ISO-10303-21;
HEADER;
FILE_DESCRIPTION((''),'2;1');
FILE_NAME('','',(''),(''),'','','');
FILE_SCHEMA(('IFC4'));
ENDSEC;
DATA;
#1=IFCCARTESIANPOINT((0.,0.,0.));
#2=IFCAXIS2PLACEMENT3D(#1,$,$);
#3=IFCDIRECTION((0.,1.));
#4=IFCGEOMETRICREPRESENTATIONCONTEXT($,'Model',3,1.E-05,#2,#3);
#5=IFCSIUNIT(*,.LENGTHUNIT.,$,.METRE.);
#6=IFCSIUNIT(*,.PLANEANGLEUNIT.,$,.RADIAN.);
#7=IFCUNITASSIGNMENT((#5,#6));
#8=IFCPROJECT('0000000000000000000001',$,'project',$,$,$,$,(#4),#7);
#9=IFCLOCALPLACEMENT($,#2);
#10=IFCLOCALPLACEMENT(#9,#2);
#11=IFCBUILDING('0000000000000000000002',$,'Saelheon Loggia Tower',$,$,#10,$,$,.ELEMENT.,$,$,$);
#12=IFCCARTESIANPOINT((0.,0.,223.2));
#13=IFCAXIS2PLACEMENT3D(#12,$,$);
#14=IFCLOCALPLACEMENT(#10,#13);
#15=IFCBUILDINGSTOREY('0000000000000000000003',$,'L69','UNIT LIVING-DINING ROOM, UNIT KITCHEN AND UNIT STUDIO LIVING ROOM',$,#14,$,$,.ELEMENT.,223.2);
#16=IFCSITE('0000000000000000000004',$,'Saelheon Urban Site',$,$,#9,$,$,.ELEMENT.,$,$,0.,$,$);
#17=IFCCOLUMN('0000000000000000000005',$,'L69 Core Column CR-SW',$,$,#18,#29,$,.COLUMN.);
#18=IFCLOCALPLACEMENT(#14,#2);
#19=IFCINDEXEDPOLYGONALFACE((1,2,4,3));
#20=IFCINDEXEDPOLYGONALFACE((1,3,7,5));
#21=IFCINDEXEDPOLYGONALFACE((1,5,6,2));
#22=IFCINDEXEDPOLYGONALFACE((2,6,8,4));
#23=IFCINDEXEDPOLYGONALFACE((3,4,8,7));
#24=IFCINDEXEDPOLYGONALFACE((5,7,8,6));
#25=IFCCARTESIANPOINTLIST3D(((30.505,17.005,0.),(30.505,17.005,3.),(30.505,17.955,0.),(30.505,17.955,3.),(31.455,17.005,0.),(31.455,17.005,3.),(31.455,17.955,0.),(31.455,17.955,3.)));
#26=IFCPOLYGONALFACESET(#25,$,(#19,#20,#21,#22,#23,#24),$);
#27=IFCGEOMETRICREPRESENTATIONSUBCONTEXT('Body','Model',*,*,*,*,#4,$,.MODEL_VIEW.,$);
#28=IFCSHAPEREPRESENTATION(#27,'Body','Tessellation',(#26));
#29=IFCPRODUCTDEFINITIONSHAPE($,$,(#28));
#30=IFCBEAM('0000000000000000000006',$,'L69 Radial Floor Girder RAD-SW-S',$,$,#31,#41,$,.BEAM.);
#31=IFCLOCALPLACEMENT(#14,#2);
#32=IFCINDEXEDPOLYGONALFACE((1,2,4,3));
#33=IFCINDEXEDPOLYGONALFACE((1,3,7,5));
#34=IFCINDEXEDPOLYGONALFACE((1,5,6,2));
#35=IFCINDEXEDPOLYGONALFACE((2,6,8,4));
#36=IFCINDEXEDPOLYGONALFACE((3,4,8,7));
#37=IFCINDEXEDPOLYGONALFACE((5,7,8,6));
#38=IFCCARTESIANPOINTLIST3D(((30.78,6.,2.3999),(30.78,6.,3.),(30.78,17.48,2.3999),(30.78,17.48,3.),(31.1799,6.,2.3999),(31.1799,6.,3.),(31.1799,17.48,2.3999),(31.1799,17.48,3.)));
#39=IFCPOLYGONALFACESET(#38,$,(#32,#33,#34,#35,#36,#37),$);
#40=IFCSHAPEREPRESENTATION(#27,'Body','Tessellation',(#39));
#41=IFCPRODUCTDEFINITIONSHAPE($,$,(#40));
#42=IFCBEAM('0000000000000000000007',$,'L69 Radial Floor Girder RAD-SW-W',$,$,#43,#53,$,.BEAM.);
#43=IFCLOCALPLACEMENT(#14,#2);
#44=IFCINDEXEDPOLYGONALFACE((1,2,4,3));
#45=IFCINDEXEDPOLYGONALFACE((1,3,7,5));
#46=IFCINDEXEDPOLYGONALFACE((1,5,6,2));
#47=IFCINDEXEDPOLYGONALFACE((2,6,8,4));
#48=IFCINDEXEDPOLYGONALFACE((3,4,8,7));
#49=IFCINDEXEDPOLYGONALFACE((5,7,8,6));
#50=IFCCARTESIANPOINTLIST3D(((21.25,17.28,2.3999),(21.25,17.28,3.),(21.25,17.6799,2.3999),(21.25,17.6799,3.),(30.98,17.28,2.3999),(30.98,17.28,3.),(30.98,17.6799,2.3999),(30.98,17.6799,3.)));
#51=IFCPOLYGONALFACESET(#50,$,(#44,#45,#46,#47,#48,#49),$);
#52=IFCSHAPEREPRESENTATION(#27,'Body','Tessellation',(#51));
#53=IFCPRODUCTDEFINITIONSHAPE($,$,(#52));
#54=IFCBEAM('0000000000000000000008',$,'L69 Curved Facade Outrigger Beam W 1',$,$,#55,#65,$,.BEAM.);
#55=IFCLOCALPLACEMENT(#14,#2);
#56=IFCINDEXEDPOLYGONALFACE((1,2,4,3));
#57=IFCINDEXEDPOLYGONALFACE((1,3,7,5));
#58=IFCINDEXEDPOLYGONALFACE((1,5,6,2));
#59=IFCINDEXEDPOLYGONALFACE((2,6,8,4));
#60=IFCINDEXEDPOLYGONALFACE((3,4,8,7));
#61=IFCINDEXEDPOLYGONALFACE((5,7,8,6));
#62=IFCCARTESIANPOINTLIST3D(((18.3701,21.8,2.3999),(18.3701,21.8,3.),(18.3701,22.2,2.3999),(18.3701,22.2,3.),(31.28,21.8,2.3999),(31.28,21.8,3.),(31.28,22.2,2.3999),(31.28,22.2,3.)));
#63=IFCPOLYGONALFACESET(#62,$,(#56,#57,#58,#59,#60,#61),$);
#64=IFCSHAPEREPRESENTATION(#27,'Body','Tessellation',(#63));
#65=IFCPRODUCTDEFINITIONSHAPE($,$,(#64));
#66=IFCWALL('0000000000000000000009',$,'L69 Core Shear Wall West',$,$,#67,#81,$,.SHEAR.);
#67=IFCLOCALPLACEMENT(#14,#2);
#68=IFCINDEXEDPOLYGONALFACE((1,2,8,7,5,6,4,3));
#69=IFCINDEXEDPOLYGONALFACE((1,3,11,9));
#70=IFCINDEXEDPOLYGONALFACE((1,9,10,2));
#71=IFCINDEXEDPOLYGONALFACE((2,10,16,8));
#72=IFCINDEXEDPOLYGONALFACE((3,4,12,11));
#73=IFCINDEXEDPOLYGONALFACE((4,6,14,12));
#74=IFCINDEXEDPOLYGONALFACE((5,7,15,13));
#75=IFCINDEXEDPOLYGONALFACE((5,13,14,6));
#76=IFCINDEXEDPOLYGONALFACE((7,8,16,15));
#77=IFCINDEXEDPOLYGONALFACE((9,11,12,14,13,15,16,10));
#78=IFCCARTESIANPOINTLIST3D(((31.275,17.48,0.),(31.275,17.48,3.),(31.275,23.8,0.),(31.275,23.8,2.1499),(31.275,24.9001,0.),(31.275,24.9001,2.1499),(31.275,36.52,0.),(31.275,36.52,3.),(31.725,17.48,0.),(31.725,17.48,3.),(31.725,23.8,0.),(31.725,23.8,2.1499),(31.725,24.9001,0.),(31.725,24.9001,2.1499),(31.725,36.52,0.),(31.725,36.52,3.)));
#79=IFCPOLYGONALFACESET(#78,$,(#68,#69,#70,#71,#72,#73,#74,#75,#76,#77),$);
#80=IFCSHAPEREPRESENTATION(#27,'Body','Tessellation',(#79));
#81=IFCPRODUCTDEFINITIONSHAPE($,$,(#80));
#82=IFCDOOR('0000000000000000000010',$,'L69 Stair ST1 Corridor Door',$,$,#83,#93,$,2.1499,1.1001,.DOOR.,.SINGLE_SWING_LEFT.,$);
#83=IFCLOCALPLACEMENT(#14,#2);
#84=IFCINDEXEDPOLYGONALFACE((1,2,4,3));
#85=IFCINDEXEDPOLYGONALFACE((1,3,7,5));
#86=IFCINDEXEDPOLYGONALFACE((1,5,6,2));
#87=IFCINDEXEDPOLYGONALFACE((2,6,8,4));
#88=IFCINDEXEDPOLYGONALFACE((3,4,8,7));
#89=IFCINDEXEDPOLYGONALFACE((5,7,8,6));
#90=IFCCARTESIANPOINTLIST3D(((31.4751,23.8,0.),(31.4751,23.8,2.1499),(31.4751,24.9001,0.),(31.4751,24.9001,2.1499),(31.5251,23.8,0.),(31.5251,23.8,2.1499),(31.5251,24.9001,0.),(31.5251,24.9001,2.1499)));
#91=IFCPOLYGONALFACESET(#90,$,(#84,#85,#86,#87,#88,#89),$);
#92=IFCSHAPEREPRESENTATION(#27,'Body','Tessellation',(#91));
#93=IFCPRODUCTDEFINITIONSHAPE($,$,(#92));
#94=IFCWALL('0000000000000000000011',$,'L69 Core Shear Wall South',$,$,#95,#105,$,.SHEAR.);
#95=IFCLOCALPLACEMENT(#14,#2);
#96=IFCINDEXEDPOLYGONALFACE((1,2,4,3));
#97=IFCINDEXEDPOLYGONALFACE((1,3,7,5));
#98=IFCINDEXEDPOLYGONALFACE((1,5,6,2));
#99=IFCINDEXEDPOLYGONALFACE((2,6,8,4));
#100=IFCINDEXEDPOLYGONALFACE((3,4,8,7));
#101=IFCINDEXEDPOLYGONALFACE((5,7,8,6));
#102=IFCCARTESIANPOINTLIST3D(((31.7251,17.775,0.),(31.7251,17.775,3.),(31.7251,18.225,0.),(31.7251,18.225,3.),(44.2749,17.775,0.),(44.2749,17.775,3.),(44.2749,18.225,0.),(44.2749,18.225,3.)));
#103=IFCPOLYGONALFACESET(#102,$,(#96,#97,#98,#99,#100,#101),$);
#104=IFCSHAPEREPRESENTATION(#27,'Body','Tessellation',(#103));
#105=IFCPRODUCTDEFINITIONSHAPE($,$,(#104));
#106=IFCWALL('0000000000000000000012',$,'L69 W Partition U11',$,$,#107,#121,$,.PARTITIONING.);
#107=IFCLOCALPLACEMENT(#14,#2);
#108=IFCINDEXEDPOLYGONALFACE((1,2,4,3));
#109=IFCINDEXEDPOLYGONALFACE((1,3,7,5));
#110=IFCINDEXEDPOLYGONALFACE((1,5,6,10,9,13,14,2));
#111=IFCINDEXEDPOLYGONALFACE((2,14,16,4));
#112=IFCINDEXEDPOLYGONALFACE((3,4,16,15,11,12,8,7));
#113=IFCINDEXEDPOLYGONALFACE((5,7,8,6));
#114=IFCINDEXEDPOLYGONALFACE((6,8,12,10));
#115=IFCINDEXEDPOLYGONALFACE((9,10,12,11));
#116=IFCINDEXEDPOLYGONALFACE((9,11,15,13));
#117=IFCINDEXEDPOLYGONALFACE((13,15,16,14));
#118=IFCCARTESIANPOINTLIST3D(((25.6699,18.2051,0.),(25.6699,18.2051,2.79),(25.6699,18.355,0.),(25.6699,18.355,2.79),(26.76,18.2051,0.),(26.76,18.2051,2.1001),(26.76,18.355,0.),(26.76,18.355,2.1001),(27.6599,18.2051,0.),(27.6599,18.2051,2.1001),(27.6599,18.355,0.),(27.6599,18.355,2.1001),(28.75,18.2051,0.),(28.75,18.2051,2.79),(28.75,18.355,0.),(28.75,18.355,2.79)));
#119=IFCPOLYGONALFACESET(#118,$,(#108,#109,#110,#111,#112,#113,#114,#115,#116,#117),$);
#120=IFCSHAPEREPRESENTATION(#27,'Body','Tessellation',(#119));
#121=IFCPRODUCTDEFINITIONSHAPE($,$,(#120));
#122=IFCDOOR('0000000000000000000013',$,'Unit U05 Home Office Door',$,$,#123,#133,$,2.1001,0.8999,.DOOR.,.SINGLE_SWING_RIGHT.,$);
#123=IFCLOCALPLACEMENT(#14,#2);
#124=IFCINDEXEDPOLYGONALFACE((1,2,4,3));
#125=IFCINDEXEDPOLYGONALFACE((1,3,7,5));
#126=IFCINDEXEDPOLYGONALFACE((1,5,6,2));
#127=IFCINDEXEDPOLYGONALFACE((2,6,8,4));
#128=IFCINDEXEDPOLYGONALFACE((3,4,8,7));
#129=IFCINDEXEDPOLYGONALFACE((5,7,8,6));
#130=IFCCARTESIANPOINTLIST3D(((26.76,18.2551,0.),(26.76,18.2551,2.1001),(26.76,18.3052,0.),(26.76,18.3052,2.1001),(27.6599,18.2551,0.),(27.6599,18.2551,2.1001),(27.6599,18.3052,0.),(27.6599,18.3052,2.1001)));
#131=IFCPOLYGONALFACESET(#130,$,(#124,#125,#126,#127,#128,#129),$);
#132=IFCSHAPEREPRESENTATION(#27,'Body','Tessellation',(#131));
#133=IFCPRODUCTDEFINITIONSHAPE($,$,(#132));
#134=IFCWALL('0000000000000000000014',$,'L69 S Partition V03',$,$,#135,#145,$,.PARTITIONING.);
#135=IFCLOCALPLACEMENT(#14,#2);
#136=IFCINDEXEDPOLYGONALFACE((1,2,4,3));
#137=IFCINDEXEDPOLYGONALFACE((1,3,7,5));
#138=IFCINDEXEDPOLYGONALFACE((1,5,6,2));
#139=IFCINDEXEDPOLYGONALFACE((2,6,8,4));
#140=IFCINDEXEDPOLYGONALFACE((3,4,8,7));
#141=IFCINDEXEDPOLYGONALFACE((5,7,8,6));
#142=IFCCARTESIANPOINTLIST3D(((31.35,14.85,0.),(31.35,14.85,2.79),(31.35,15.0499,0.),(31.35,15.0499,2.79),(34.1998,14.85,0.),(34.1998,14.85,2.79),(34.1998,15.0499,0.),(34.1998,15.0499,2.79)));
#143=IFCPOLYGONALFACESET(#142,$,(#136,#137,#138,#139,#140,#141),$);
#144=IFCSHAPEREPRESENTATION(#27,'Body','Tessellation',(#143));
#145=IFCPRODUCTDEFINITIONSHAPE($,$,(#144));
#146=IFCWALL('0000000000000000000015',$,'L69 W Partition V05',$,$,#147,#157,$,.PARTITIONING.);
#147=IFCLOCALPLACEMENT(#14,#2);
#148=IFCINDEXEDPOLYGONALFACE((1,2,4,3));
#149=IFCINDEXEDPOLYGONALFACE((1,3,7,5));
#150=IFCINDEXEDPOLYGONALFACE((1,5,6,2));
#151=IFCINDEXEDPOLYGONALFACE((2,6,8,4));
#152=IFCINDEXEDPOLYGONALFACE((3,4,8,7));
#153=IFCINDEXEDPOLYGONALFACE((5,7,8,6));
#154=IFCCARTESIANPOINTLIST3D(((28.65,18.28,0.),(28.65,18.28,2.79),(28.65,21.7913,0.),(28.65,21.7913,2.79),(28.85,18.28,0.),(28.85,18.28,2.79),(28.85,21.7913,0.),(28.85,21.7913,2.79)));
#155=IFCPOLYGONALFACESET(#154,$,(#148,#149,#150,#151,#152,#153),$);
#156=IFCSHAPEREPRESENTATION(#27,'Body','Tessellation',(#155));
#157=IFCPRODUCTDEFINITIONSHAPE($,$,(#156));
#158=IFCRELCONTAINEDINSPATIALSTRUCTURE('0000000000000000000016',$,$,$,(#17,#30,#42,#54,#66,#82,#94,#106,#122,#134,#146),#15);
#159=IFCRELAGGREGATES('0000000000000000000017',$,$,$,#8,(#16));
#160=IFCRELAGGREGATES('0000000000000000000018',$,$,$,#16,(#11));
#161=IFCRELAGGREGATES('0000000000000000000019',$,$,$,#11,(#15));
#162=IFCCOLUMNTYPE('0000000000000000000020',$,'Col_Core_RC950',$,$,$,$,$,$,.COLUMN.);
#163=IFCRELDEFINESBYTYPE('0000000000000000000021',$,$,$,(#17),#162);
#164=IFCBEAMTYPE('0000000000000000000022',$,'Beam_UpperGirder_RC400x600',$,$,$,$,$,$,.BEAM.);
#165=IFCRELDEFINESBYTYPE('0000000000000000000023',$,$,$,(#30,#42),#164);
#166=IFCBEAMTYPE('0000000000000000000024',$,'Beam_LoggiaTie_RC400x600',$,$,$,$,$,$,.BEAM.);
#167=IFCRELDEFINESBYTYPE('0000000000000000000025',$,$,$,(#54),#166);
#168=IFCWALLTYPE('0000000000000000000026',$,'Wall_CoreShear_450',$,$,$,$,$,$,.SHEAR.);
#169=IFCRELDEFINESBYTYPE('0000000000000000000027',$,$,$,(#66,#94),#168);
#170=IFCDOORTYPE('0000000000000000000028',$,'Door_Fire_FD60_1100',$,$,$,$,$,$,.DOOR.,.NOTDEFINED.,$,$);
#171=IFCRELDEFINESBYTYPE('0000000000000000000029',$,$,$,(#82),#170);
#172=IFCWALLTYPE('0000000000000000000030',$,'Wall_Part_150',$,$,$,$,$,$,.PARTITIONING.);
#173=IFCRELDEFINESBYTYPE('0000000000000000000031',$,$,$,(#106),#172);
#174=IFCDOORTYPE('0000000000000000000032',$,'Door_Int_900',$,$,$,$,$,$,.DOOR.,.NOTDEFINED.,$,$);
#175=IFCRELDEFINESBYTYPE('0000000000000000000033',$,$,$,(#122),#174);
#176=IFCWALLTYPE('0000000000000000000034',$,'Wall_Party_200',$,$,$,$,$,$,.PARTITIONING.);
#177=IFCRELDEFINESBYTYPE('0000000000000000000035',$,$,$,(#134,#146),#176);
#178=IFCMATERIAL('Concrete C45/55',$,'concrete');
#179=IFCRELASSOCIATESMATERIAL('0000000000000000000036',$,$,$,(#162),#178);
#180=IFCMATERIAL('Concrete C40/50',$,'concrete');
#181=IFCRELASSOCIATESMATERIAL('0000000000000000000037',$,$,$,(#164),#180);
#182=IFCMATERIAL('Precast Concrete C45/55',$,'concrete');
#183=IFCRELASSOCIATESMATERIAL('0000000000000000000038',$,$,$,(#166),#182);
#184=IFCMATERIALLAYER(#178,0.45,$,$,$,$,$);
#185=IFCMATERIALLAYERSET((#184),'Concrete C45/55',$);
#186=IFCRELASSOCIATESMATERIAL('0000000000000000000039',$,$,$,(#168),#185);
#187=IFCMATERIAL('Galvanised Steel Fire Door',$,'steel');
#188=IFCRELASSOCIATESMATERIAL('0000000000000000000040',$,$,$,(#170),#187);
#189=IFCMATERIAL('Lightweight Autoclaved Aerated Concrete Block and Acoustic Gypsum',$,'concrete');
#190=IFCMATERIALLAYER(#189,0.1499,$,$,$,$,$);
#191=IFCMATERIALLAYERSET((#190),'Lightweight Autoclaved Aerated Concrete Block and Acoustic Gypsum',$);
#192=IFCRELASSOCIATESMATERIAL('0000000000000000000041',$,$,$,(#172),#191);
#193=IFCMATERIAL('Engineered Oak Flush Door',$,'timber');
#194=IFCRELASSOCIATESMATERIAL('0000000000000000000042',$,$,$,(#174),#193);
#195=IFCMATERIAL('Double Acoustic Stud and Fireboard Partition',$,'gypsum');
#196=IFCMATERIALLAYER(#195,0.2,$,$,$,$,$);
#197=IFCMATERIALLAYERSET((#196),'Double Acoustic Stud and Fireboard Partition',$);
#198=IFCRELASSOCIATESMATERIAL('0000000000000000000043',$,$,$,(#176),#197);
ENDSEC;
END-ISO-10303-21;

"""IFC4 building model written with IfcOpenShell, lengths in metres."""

from ifc_helpers import new_model, si_unit, direction, frame, frame_2d, origin, origin_2d, place, context, subcontext, project, spatial, rectangle, extrude, source, transform, mapped, material, layer, layer_set, material_profile, profile_set, type_object, element, fill, save


model = new_model("IFC4")

# Units and contexts
model_context = context("Model", 3, precision=1e-05, world=origin(), true_north=direction((0.0, 1.0)))
body_context = subcontext(model_context, "Body", "Model", "MODEL_VIEW")
ifc_project = project(units=[si_unit("LENGTHUNIT", "METRE"), si_unit("PLANEANGLEUNIT", "RADIAN")], contexts=[model_context])

# Site, building, storey
site_placement = place(None, origin())
site = spatial("IfcSite", under=ifc_project, at=site_placement, Name="Saelheon Urban Site", CompositionType="ELEMENT", RefElevation=0.0)
building_placement = place(site_placement, origin())
building = spatial("IfcBuilding", under=site, at=building_placement, Name="Saelheon Loggia Tower", CompositionType="ELEMENT")
storey_placement = place(building_placement, frame((0.0, 0.0, 223.2)))
storey = spatial("IfcBuildingStorey", under=building, at=storey_placement, Name="L69", Description="UNIT LIVING-DINING ROOM, UNIT KITCHEN AND UNIT STUDIO LIVING ROOM", CompositionType="ELEMENT", Elevation=223.2)

# Column
ifc_material_1 = material(Name="Concrete C45/55", Category="concrete")
ifc_material_profile_1 = material_profile(ifc_material_1, rectangle(XDim=0.95, YDim=0.95, at=origin_2d()), Name="RC-950x950")
ifc_profile_set_1 = profile_set([ifc_material_profile_1], Name="Concrete C45/55")
column_type = type_object("IfcColumnType", Name="Col_Core_RC950", PredefinedType="COLUMN", material=ifc_profile_set_1)
shared_shape_1 = source(origin(), body_context, "Body", "SweptSolid", [
    extrude(rectangle(XDim=0.95, YDim=0.95, at=origin_2d()), origin(), (0.0, 0.0, 1.0), 3.0),
])
column_placement = place(storey_placement, frame((30.98, 17.48, 0.0), z_axis=(0.0, 0.0, 1.0), x_axis=(1.0, 0.0, 0.0)))
element("IfcColumn", 1, at=column_placement, inside=storey, type_object=column_type, Name="L69 Core Column CR-SW", PredefinedType="COLUMN", context=body_context, shape_type="MappedRepresentation", body=[
    mapped(shared_shape_1, transform((0.0, 0.0, 0.0), scale=1.0)),
])

# Beams
ifc_material_2 = material(Name="Concrete C40/50", Category="concrete")
ifc_material_profile_2 = material_profile(ifc_material_2, rectangle(XDim=0.3999, YDim=0.6001, at=origin_2d()), Name="RC-400x600")
ifc_profile_set_2 = profile_set([ifc_material_profile_2], Name="Concrete C40/50")
beam_type_1 = type_object("IfcBeamType", Name="Beam_UpperGirder_RC400x600", PredefinedType="BEAM", material=ifc_profile_set_2)
shared_shape_2 = source(origin(), body_context, "Body", "SweptSolid", [
    extrude(rectangle(XDim=0.3999, YDim=0.6001, at=origin_2d()), origin(), (0.0, 0.0, 1.0), 11.48),
])
beam_1_placement = place(storey_placement, frame((30.98, 17.48, 2.7), z_axis=(0.0, -1.0, 0.0), x_axis=(1.0, 0.0, 0.0)))
element("IfcBeam", 2, at=beam_1_placement, inside=storey, type_object=beam_type_1, Name="L69 Radial Floor Girder RAD-SW-S", PredefinedType="BEAM", context=body_context, shape_type="MappedRepresentation", body=[
    mapped(shared_shape_2, transform((0.0, 0.0, 0.0), scale=1.0)),
])
shared_shape_3 = source(origin(), body_context, "Body", "SweptSolid", [
    extrude(rectangle(XDim=0.3999, YDim=0.6001, at=origin_2d()), origin(), (0.0, 0.0, 1.0), 9.73),
])
beam_2_placement = place(storey_placement, frame((30.98, 17.48, 2.7), z_axis=(-1.0, 0.0, 0.0), x_axis=(0.0, -1.0, 0.0)))
element("IfcBeam", 3, at=beam_2_placement, inside=storey, type_object=beam_type_1, Name="L69 Radial Floor Girder RAD-SW-W", PredefinedType="BEAM", context=body_context, shape_type="MappedRepresentation", body=[
    mapped(shared_shape_3, transform((0.0, 0.0, 0.0), scale=1.0)),
])
ifc_material_3 = material(Name="Precast Concrete C45/55", Category="concrete")
ifc_material_profile_3 = material_profile(ifc_material_3, rectangle(XDim=0.3999, YDim=0.6001, at=origin_2d()), Name="RC-400x600")
ifc_profile_set_3 = profile_set([ifc_material_profile_3], Name="Precast Concrete C45/55")
beam_type_2 = type_object("IfcBeamType", Name="Beam_LoggiaTie_RC400x600", PredefinedType="BEAM", material=ifc_profile_set_3)
shared_shape_4 = source(origin(), body_context, "Body", "SweptSolid", [
    extrude(rectangle(XDim=0.3999, YDim=0.6001, at=origin_2d()), origin(), (0.0, 0.0, 1.0), 12.9099),
])
beam_3_placement = place(storey_placement, frame((31.28, 22.0, 2.7), z_axis=(-1.0, 0.0, 0.0), x_axis=(0.0, -1.0, 0.0)))
element("IfcBeam", 4, at=beam_3_placement, inside=storey, type_object=beam_type_2, Name="L69 Curved Facade Outrigger Beam W 1", PredefinedType="BEAM", context=body_context, shape_type="MappedRepresentation", body=[
    mapped(shared_shape_4, transform((0.0, 0.0, 0.0), scale=1.0)),
])

# Wall, opening, door
ifc_layer_1 = layer(ifc_material_1, 0.45)
ifc_layer_set_1 = layer_set([ifc_layer_1], Name="Concrete C45/55")
wall_type_1 = type_object("IfcWallType", Name="Wall_CoreShear_450", PredefinedType="SHEAR", material=ifc_layer_set_1)
wall_1_placement = place(storey_placement, frame((31.5, 17.48, 0.0), z_axis=(0.0, 0.0, 1.0), x_axis=(0.0, 1.0, 0.0)))
wall_1 = element("IfcWall", 5, at=wall_1_placement, inside=storey, type_object=wall_type_1, Name="L69 Core Shear Wall West", PredefinedType="SHEAR", context=body_context, shape_type="SweptSolid", body=[
    extrude(rectangle(XDim=19.04, YDim=0.45, at=frame_2d((9.52, 0.0))), origin(), (0.0, 0.0, 1.0), 3.0),
])
opening_1_placement = place(wall_1_placement, frame((6.3201, 0.0, 0.0)))
opening_1 = element("IfcOpeningElement", 6, at=opening_1_placement, cuts=wall_1, PredefinedType="OPENING", context=body_context, shape_type="SweptSolid", body=[
    extrude(rectangle(XDim=1.1001, YDim=2.1499, at=frame_2d((0.55, 1.075))), frame((0.0, 0.2371, 0.0), z_axis=(0.0, -1.0, 0.0), x_axis=(1.0, 0.0, 0.0)), (0.0, 0.0, 1.0), 0.4739),
])
ifc_material_4 = material(Name="Galvanised Steel Fire Door", Category="steel")
door_type_1 = type_object("IfcDoorType", Name="Door_Fire_FD60_1100", OperationType="NOTDEFINED", PredefinedType="DOOR", material=ifc_material_4)
shared_shape_5 = source(origin(), body_context, "Body", "SweptSolid", [
    extrude(rectangle(XDim=1.1001, YDim=2.1499, at=frame_2d((0.55, 1.075))), frame((0.0, 0.0249, 0.0), z_axis=(0.0, -1.0, 0.0), x_axis=(1.0, 0.0, 0.0)), (0.0, 0.0, 1.0), 0.05),
])
door_1_placement = place(opening_1_placement, origin())
door_1 = element("IfcDoor", 7, at=door_1_placement, inside=storey, type_object=door_type_1, Name="L69 Stair ST1 Corridor Door", OperationType="SINGLE_SWING_LEFT", OverallHeight=2.1499, OverallWidth=1.1001, PredefinedType="DOOR", context=body_context, shape_type="MappedRepresentation", body=[
    mapped(shared_shape_5, transform((0.0, 0.0, 0.0), scale=1.0)),
])
fill(opening_1, door_1)

# Wall
wall_2_placement = place(storey_placement, frame((31.7251, 18.0, 0.0), z_axis=(0.0, 0.0, 1.0), x_axis=(1.0, 0.0, 0.0)))
element("IfcWall", 8, at=wall_2_placement, inside=storey, type_object=wall_type_1, Name="L69 Core Shear Wall South", PredefinedType="SHEAR", context=body_context, shape_type="SweptSolid", body=[
    extrude(rectangle(XDim=12.5498, YDim=0.45, at=frame_2d((6.2749, 0.0))), origin(), (0.0, 0.0, 1.0), 3.0),
])

# Wall, opening, door
ifc_material_5 = material(Name="Lightweight Autoclaved Aerated Concrete Block and Acoustic Gypsum", Category="concrete")
ifc_layer_2 = layer(ifc_material_5, 0.1499)
ifc_layer_set_2 = layer_set([ifc_layer_2], Name="Lightweight Autoclaved Aerated Concrete Block and Acoustic Gypsum")
wall_type_2 = type_object("IfcWallType", Name="Wall_Part_150", PredefinedType="PARTITIONING", material=ifc_layer_set_2)
wall_3_placement = place(storey_placement, frame((28.75, 18.28, 0.0), z_axis=(0.0, 0.0, 1.0), x_axis=(-1.0, 0.0, 0.0)))
wall_3 = element("IfcWall", 9, at=wall_3_placement, inside=storey, type_object=wall_type_2, Name="L69 W Partition U11", PredefinedType="PARTITIONING", context=body_context, shape_type="SweptSolid", body=[
    extrude(rectangle(XDim=3.0801, YDim=0.1499, at=frame_2d((1.54, 0.0))), origin(), (0.0, 0.0, 1.0), 2.79),
])
opening_2_placement = place(wall_3_placement, frame((1.0901, 0.0, 0.0)))
opening_2 = element("IfcOpeningElement", 10, at=opening_2_placement, cuts=wall_3, PredefinedType="OPENING", context=body_context, shape_type="SweptSolid", body=[
    extrude(rectangle(XDim=0.8999, YDim=2.1001, at=frame_2d((0.45, 1.05))), frame((0.0, 0.0869, 0.0), z_axis=(0.0, -1.0, 0.0), x_axis=(1.0, 0.0, 0.0)), (0.0, 0.0, 1.0), 0.1738),
])
ifc_material_6 = material(Name="Engineered Oak Flush Door", Category="timber")
door_type_2 = type_object("IfcDoorType", Name="Door_Int_900", OperationType="NOTDEFINED", PredefinedType="DOOR", material=ifc_material_6)
shared_shape_6 = source(origin(), body_context, "Body", "SweptSolid", [
    extrude(rectangle(XDim=0.8999, YDim=2.1001, at=frame_2d((0.45, 1.05))), frame((0.0, 0.0249, 0.0), z_axis=(0.0, -1.0, 0.0), x_axis=(1.0, 0.0, 0.0)), (0.0, 0.0, 1.0), 0.05),
])
door_2_placement = place(opening_2_placement, origin())
door_2 = element("IfcDoor", 11, at=door_2_placement, inside=storey, type_object=door_type_2, Name="Unit U05 Home Office Door", OperationType="SINGLE_SWING_RIGHT", OverallHeight=2.1001, OverallWidth=0.8999, PredefinedType="DOOR", context=body_context, shape_type="MappedRepresentation", body=[
    mapped(shared_shape_6, transform((0.0, 0.0, 0.0), scale=1.0)),
])
fill(opening_2, door_2)

# Wall
ifc_material_7 = material(Name="Double Acoustic Stud and Fireboard Partition", Category="gypsum")
ifc_layer_3 = layer(ifc_material_7, 0.2)
ifc_layer_set_3 = layer_set([ifc_layer_3], Name="Double Acoustic Stud and Fireboard Partition")
wall_type_3 = type_object("IfcWallType", Name="Wall_Party_200", PredefinedType="PARTITIONING", material=ifc_layer_set_3)
wall_4_placement = place(storey_placement, frame((31.3501, 14.95, 0.0), z_axis=(0.0, 0.0, 1.0), x_axis=(1.0, 0.0, 0.0)))
element("IfcWall", 12, at=wall_4_placement, inside=storey, type_object=wall_type_3, Name="L69 S Partition V03", PredefinedType="PARTITIONING", context=body_context, shape_type="SweptSolid", body=[
    extrude(rectangle(XDim=2.8499, YDim=0.2, at=frame_2d((1.4248, 0.0))), origin(), (0.0, 0.0, 1.0), 2.79),
])

# Wall
wall_5_placement = place(storey_placement, frame((28.75, 18.28, 0.0), z_axis=(0.0, 0.0, 1.0), x_axis=(0.0, 1.0, 0.0)))
element("IfcWall", 13, at=wall_5_placement, inside=storey, type_object=wall_type_3, Name="L69 W Partition V05", PredefinedType="PARTITIONING", context=body_context, shape_type="SweptSolid", body=[
    extrude(rectangle(XDim=3.5112, YDim=0.2, at=frame_2d((1.7556, 0.0))), origin(), (0.0, 0.0, 1.0), 2.79),
])

save(model, "model.ifc")
